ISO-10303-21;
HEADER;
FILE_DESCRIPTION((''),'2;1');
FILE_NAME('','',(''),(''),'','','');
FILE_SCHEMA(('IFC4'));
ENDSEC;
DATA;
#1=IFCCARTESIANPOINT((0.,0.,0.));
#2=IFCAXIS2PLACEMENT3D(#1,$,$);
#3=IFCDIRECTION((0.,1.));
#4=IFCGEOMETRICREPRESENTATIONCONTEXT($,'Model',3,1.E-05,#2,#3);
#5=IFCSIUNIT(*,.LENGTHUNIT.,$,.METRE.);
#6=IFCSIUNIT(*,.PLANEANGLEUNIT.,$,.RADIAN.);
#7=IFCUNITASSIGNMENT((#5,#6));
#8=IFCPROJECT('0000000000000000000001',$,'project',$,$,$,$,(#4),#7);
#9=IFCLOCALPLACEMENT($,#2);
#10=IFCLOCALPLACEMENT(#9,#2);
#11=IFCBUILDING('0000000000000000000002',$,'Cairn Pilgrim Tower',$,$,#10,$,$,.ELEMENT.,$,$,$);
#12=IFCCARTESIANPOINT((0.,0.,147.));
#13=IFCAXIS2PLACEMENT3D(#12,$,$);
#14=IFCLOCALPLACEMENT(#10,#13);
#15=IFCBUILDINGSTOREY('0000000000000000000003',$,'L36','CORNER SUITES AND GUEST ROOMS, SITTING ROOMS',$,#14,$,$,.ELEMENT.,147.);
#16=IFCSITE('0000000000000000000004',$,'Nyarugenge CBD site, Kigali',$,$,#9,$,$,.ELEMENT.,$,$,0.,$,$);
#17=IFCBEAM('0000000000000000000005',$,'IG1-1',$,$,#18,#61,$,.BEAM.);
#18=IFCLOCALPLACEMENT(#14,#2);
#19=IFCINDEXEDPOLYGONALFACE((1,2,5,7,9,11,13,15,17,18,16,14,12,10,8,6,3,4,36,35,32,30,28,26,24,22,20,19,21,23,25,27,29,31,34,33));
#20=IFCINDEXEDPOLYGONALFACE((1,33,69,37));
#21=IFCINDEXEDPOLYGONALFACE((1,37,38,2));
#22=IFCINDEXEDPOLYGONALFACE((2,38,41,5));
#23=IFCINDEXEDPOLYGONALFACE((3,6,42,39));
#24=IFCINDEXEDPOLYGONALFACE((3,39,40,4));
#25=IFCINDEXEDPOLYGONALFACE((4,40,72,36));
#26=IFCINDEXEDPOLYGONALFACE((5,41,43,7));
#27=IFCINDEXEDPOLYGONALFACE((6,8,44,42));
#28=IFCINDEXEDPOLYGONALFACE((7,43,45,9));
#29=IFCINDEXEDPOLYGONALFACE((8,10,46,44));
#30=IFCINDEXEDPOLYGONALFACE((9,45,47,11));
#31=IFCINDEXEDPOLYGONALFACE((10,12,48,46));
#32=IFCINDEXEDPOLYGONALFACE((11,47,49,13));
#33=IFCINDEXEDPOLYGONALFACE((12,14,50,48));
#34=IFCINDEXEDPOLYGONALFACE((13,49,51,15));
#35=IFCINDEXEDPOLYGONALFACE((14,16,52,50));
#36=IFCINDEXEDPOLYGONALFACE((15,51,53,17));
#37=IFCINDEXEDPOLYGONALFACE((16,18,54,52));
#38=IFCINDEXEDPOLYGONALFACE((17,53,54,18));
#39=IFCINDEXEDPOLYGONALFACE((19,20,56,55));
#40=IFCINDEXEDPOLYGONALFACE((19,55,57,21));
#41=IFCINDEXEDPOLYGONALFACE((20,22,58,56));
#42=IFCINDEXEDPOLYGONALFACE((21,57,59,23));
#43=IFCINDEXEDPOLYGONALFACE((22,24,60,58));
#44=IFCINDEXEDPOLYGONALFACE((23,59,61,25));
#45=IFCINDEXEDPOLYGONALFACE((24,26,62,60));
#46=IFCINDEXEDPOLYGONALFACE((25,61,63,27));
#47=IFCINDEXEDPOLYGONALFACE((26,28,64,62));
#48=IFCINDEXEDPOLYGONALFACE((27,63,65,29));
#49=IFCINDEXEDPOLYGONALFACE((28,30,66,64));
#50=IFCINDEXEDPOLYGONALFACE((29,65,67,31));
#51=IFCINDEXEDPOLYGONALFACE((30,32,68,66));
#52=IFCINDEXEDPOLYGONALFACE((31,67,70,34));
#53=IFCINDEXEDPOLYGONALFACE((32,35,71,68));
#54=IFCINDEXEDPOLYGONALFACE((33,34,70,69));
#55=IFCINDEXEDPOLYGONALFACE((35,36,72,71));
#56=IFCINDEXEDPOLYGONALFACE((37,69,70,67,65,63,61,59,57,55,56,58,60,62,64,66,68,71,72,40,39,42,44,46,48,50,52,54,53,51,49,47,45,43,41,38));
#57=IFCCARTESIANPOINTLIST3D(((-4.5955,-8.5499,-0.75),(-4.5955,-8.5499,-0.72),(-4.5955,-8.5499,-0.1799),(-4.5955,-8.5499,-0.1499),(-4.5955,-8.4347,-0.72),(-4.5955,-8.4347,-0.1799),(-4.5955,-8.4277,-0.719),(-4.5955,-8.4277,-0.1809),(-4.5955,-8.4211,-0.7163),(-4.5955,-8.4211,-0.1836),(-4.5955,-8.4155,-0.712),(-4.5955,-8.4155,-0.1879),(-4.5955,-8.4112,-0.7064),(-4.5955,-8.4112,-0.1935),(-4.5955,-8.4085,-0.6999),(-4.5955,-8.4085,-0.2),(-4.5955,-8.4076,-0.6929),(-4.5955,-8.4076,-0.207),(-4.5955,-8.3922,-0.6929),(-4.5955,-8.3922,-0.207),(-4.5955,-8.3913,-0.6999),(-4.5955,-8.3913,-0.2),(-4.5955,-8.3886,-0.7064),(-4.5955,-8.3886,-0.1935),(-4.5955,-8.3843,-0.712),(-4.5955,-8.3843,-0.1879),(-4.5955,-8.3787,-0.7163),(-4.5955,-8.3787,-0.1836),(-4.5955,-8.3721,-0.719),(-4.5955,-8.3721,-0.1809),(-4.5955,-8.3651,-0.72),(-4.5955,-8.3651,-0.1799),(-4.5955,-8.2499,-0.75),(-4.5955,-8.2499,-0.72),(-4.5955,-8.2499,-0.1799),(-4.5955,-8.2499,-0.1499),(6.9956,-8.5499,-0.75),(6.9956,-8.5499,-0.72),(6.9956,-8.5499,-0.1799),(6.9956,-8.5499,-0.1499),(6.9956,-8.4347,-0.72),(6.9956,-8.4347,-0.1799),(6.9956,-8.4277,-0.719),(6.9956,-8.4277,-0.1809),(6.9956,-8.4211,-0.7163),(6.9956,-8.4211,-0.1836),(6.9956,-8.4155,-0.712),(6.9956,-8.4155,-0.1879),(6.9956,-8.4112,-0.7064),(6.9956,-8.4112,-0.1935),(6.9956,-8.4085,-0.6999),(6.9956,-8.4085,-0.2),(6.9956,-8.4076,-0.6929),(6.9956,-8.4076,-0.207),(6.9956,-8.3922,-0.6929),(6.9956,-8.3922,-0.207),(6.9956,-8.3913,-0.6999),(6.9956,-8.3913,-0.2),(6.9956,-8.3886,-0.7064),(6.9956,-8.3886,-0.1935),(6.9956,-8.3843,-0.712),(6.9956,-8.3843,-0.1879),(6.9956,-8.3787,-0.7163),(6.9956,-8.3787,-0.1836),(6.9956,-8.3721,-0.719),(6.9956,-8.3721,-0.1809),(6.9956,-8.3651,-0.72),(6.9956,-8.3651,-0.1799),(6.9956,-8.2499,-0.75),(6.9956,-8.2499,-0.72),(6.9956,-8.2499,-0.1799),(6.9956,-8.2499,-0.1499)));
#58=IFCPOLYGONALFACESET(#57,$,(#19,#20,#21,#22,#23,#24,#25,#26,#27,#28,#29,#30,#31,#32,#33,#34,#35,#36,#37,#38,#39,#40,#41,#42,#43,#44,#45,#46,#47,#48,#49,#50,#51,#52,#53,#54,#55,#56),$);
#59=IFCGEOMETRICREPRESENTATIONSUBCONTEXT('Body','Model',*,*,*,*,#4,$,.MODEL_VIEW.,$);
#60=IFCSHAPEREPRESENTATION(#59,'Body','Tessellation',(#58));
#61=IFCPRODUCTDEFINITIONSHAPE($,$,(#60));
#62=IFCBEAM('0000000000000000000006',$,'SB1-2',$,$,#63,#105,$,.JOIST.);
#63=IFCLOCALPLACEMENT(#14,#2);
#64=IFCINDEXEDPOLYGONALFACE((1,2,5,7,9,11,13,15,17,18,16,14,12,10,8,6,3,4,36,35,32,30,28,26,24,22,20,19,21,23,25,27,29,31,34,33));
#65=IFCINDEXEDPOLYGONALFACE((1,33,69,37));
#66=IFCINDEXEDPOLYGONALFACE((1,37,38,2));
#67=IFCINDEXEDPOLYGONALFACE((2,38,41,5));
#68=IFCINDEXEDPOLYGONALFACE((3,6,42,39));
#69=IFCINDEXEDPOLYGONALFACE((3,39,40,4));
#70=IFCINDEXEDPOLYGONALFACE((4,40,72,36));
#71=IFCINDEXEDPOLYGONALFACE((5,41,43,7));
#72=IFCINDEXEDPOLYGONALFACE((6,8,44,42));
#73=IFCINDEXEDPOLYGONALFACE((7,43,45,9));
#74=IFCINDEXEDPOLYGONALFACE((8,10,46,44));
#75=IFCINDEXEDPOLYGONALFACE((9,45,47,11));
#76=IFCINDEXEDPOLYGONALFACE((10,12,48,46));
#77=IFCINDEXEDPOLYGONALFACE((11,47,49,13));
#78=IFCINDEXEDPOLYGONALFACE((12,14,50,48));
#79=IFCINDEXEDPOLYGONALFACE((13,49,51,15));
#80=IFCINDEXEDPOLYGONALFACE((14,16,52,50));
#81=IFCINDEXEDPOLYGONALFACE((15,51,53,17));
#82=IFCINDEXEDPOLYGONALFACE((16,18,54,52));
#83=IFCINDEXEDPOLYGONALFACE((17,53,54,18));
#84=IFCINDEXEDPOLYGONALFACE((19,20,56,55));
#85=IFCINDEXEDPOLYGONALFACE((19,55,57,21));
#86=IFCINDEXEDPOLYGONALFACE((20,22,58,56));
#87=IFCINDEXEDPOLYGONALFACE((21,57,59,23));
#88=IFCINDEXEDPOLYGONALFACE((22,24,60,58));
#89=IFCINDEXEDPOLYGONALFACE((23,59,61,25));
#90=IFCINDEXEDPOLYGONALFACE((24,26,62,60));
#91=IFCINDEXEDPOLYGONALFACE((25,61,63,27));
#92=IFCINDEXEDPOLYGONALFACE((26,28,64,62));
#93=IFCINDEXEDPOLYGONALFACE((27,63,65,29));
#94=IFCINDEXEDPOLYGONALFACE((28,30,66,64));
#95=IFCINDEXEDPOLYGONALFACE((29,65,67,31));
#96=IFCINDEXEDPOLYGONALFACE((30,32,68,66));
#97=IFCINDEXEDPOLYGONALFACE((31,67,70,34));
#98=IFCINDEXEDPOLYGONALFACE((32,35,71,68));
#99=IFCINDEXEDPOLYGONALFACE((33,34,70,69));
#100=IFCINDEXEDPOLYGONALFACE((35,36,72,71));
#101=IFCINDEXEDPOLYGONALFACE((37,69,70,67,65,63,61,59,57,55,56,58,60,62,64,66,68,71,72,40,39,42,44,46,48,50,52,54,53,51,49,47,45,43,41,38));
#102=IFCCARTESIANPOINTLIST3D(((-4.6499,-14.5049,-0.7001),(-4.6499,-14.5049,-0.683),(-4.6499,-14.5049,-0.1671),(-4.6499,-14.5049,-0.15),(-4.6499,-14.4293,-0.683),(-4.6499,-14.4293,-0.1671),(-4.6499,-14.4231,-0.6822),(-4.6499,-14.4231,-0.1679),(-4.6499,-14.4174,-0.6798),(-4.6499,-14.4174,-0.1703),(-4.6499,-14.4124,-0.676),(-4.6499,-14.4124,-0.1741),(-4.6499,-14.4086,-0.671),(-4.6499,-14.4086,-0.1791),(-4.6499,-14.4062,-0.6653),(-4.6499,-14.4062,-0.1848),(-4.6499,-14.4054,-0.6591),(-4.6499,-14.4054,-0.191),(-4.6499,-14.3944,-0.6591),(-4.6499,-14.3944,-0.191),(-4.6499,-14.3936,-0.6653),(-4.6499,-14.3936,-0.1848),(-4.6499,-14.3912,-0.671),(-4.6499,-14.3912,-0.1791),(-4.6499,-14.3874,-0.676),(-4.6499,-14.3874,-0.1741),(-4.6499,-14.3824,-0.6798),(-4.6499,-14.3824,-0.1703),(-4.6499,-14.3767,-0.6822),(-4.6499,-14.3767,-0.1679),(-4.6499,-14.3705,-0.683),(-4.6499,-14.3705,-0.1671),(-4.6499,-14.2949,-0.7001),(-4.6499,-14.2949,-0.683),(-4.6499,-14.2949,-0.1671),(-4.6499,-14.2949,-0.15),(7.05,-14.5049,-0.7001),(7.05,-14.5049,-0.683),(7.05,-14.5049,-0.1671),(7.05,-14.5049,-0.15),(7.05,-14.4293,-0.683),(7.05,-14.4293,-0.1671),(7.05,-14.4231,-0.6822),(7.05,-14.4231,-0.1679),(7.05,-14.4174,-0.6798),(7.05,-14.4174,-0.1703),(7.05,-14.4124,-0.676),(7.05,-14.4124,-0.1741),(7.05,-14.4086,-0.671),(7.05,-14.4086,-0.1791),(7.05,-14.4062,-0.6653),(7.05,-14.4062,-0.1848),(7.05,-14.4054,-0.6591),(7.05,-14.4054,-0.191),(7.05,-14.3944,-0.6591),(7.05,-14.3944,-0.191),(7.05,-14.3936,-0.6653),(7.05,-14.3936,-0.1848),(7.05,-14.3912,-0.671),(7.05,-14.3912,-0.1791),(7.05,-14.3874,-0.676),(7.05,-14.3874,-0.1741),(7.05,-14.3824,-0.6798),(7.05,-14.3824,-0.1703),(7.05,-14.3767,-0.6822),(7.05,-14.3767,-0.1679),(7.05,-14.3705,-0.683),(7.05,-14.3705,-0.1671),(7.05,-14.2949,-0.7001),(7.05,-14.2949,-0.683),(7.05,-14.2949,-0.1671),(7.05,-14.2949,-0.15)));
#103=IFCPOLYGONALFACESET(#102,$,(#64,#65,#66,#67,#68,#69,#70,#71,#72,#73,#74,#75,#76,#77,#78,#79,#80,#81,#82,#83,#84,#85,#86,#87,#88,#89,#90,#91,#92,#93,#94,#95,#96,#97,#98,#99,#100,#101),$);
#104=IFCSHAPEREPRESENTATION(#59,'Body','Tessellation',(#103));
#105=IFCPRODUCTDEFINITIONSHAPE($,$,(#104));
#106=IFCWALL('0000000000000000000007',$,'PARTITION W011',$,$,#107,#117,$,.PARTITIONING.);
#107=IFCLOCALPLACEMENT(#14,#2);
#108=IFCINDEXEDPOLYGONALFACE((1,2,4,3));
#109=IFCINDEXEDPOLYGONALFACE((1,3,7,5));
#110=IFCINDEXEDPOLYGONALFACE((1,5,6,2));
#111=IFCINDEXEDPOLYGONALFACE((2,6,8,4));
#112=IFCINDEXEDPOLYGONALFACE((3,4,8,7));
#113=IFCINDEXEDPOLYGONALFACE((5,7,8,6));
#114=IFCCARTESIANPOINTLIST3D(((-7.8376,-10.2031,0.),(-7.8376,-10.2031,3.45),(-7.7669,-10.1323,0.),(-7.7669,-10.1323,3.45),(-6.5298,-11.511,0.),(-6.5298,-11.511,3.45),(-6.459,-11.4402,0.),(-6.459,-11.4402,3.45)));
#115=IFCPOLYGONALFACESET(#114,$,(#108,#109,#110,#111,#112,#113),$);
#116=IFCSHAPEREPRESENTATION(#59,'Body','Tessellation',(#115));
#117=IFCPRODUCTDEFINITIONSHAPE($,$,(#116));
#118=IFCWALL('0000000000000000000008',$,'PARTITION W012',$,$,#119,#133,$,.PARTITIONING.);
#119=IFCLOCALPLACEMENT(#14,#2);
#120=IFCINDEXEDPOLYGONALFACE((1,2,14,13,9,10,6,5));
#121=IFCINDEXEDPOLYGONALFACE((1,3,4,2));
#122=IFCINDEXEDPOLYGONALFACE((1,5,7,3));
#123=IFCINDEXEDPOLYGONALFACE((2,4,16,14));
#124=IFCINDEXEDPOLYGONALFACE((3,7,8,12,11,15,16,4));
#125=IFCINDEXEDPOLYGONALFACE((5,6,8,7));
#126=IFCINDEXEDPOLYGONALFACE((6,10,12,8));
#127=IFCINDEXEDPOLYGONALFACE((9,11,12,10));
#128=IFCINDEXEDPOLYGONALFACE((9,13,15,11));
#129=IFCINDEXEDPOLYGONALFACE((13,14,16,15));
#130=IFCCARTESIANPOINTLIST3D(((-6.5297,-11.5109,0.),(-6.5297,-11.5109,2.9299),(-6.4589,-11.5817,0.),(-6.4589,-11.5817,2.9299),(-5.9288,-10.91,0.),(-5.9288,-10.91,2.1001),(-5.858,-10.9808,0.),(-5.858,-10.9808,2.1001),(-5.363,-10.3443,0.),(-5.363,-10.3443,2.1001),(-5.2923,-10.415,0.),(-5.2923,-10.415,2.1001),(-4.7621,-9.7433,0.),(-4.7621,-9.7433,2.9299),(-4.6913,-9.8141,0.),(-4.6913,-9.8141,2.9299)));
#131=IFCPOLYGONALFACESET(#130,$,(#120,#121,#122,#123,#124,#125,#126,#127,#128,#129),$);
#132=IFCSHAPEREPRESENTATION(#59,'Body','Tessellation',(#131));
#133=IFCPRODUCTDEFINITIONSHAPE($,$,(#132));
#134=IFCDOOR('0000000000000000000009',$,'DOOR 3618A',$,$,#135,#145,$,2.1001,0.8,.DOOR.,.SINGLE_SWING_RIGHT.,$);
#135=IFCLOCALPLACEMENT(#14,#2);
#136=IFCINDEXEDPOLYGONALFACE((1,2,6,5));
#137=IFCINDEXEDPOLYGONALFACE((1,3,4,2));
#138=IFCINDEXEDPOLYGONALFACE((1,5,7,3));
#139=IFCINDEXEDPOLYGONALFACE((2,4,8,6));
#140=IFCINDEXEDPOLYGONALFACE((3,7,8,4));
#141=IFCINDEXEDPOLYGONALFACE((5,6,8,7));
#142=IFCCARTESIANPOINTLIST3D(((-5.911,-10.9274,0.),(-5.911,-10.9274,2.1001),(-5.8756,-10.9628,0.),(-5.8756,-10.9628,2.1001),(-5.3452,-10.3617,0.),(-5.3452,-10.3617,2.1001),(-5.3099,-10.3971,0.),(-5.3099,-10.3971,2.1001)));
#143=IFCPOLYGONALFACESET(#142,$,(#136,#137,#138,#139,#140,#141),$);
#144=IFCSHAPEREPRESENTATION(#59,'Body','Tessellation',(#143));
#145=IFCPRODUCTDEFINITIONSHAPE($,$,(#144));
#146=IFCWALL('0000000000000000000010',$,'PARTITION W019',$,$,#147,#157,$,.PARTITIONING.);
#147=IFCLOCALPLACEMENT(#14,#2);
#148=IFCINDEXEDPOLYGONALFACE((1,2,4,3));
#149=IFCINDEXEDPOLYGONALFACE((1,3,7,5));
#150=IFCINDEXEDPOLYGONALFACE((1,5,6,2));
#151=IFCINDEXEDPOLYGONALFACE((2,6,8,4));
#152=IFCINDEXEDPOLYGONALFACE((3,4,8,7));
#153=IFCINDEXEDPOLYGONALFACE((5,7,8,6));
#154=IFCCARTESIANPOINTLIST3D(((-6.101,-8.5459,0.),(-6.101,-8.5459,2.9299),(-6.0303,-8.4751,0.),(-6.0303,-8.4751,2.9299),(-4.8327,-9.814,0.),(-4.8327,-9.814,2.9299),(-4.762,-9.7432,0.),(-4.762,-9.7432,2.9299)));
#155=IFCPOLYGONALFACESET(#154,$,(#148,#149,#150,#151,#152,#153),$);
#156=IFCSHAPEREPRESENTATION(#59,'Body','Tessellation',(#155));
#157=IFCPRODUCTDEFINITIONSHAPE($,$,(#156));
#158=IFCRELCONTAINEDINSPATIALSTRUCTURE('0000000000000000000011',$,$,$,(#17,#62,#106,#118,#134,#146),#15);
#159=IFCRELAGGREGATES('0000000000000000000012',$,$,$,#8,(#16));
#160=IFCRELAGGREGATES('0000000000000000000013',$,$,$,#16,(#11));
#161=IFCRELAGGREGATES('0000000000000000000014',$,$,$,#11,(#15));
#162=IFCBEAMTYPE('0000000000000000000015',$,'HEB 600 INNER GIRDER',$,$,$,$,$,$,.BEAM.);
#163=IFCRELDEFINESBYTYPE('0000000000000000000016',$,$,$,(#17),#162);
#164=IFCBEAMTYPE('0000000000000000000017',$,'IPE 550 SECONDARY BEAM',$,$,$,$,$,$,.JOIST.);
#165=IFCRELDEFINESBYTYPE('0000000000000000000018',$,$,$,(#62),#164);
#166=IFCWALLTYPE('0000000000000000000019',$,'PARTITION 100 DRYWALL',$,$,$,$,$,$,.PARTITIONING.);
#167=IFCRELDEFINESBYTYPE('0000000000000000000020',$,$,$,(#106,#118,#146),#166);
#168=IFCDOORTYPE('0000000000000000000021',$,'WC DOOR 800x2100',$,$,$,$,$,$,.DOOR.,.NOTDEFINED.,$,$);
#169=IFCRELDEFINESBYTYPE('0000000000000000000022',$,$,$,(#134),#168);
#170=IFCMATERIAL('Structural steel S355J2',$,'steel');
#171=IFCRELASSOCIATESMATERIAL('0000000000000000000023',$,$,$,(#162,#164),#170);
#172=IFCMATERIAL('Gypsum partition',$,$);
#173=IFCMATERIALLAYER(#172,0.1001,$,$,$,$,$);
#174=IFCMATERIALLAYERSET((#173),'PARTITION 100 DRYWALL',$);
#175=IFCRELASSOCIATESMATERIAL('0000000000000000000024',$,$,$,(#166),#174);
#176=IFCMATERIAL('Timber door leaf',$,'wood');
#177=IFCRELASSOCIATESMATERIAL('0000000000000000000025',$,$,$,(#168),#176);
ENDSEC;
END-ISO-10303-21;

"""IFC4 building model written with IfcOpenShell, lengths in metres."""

from ifc_helpers import new_model, si_unit, direction, frame, frame_2d, origin, origin_2d, place, context, subcontext, project, spatial, rectangle, i_section, extrude, material, layer, layer_set, material_profile, profile_set, type_object, element, fill, save


model = new_model("IFC4")

# Units and contexts
model_context = context("Model", 3, precision=1e-05, world=origin(), true_north=direction((0.0, 1.0)))
body_context = subcontext(model_context, "Body", "Model", "MODEL_VIEW")
ifc_project = project(units=[si_unit("LENGTHUNIT", "METRE"), si_unit("PLANEANGLEUNIT", "RADIAN")], contexts=[model_context])

# Site, building, storey
site_placement = place(None, origin())
site = spatial("IfcSite", under=ifc_project, at=site_placement, Name="Nyarugenge CBD site, Kigali", CompositionType="ELEMENT", RefElevation=0.0)
building_placement = place(site_placement, origin())
building = spatial("IfcBuilding", under=site, at=building_placement, Name="Cairn Pilgrim Tower", CompositionType="ELEMENT")
storey_placement = place(building_placement, frame((0.0, 0.0, 147.0)))
storey = spatial("IfcBuildingStorey", under=building, at=storey_placement, Name="L36", Description="CORNER SUITES AND GUEST ROOMS, SITTING ROOMS", CompositionType="ELEMENT", Elevation=147.0)

# Beams
ifc_material_1 = material(Name="Structural steel S355J2", Category="steel")
ifc_material_profile_1 = material_profile(ifc_material_1, i_section(OverallWidth=0.3, OverallDepth=0.6001, WebThickness=0.0154, FlangeThickness=0.03, FilletRadius=0.0271, at=origin_2d()), Name="HEB 600")
ifc_profile_set_1 = profile_set([ifc_material_profile_1], Name="Structural steel S355J2")
beam_type_1 = type_object("IfcBeamType", Name="HEB 600 INNER GIRDER", PredefinedType="BEAM", material=ifc_profile_set_1)
beam_1_placement = place(storey_placement, frame((-4.5955, -8.3999, -0.45), z_axis=(1.0, 0.0, 0.0), x_axis=(0.0, 1.0, 0.0)))
element("IfcBeam", 1, at=beam_1_placement, inside=storey, type_object=beam_type_1, Name="IG1-1", PredefinedType="BEAM", context=body_context, shape_type="SweptSolid", body=[
    extrude(i_section(OverallWidth=0.3, OverallDepth=0.6001, WebThickness=0.0154, FlangeThickness=0.03, FilletRadius=0.0271, at=origin_2d()), origin(), (0.0, 0.0, 1.0), 11.5911),
])
ifc_material_profile_2 = material_profile(ifc_material_1, i_section(OverallWidth=0.21, OverallDepth=0.55, WebThickness=0.011, FlangeThickness=0.0171, FilletRadius=0.0239, at=origin_2d()), Name="IPE 550")
ifc_profile_set_2 = profile_set([ifc_material_profile_2], Name="Structural steel S355J2")
beam_type_2 = type_object("IfcBeamType", Name="IPE 550 SECONDARY BEAM", PredefinedType="JOIST", material=ifc_profile_set_2)
beam_2_placement = place(storey_placement, frame((-4.6499, -14.3999, -0.425), z_axis=(1.0, 0.0, 0.0), x_axis=(0.0, 1.0, 0.0)))
element("IfcBeam", 2, at=beam_2_placement, inside=storey, type_object=beam_type_2, Name="SB1-2", PredefinedType="JOIST", context=body_context, shape_type="SweptSolid", body=[
    extrude(i_section(OverallWidth=0.21, OverallDepth=0.55, WebThickness=0.011, FlangeThickness=0.0171, FilletRadius=0.0239, at=origin_2d()), origin(), (0.0, 0.0, 1.0), 11.7),
])

# Wall
ifc_material_2 = material(Name="Gypsum partition")
ifc_layer_1 = layer(ifc_material_2, 0.1001)
ifc_layer_set_1 = layer_set([ifc_layer_1], Name="PARTITION 100 DRYWALL")
wall_type_1 = type_object("IfcWallType", Name="PARTITION 100 DRYWALL", PredefinedType="PARTITIONING", material=ifc_layer_set_1)
wall_1_placement = place(storey_placement, frame((-6.4944, -11.4756, 0.0), z_axis=(0.0, 0.0, 1.0), x_axis=(-0.707107, 0.707107, 0.0)))
element("IfcWall", 3, at=wall_1_placement, inside=storey, type_object=wall_type_1, Name="PARTITION W011", PredefinedType="PARTITIONING", context=body_context, shape_type="SweptSolid", body=[
    extrude(rectangle(XDim=1.8496, YDim=0.1001, at=frame_2d((0.9248, 0.0))), origin(), (0.0, 0.0, 1.0), 3.45),
])

# Wall, opening, door
wall_2_placement = place(storey_placement, frame((-6.4944, -11.5464, 0.0), z_axis=(0.0, 0.0, 1.0), x_axis=(0.707107, 0.707107, 0.0)))
wall_2 = element("IfcWall", 4, at=wall_2_placement, inside=storey, type_object=wall_type_1, Name="PARTITION W012", PredefinedType="PARTITIONING", context=body_context, shape_type="SweptSolid", body=[
    extrude(rectangle(XDim=2.4998, YDim=0.1001, at=frame_2d((1.25, 0.0))), origin(), (0.0, 0.0, 1.0), 2.9299),
])
opening_1_placement = place(wall_2_placement, frame((0.8501, 0.0, 0.0)))
opening_1 = element("IfcOpeningElement", 5, at=opening_1_placement, cuts=wall_2, PredefinedType="OPENING", context=body_context, shape_type="SweptSolid", body=[
    extrude(rectangle(XDim=0.8, YDim=2.1001, at=frame_2d((0.3999, 1.05))), frame((0.0, 0.0601, 0.0), z_axis=(0.0, -1.0, 0.0), x_axis=(1.0, 0.0, 0.0)), (0.0, 0.0, 1.0), 0.1201),
])
ifc_material_3 = material(Name="Timber door leaf", Category="wood")
door_type_1 = type_object("IfcDoorType", Name="WC DOOR 800x2100", OperationType="NOTDEFINED", PredefinedType="DOOR", material=ifc_material_3)
door_1_placement = place(opening_1_placement, frame((0.8, 0.0, 0.0), z_axis=(0.0, 0.0, 1.0), x_axis=(-1.0, 0.0, 0.0)))
door_1 = element("IfcDoor", 6, at=door_1_placement, inside=storey, type_object=door_type_1, Name="DOOR 3618A", OperationType="SINGLE_SWING_RIGHT", OverallHeight=2.1001, OverallWidth=0.8, PredefinedType="DOOR", context=body_context, shape_type="SweptSolid", body=[
    extrude(rectangle(XDim=0.8, YDim=2.1001, at=frame_2d((0.3999, 1.05))), frame((0.0, 0.0249, 0.0), z_axis=(0.0, -1.0, 0.0), x_axis=(1.0, 0.0, 0.0)), (0.0, 0.0, 1.0), 0.05),
])
fill(opening_1, door_1)

# Wall
wall_3_placement = place(storey_placement, frame((-4.7974, -9.7786, 0.0), z_axis=(0.0, 0.0, 1.0), x_axis=(-0.707175, 0.707039, 0.0)))
element("IfcWall", 7, at=wall_3_placement, inside=storey, type_object=wall_type_1, Name="PARTITION W019", PredefinedType="PARTITIONING", context=body_context, shape_type="SweptSolid", body=[
    extrude(rectangle(XDim=1.7935, YDim=0.1001, at=frame_2d((0.8967, 0.0))), origin(), (0.0, 0.0, 1.0), 2.9299),
])

save(model, "model.ifc")
